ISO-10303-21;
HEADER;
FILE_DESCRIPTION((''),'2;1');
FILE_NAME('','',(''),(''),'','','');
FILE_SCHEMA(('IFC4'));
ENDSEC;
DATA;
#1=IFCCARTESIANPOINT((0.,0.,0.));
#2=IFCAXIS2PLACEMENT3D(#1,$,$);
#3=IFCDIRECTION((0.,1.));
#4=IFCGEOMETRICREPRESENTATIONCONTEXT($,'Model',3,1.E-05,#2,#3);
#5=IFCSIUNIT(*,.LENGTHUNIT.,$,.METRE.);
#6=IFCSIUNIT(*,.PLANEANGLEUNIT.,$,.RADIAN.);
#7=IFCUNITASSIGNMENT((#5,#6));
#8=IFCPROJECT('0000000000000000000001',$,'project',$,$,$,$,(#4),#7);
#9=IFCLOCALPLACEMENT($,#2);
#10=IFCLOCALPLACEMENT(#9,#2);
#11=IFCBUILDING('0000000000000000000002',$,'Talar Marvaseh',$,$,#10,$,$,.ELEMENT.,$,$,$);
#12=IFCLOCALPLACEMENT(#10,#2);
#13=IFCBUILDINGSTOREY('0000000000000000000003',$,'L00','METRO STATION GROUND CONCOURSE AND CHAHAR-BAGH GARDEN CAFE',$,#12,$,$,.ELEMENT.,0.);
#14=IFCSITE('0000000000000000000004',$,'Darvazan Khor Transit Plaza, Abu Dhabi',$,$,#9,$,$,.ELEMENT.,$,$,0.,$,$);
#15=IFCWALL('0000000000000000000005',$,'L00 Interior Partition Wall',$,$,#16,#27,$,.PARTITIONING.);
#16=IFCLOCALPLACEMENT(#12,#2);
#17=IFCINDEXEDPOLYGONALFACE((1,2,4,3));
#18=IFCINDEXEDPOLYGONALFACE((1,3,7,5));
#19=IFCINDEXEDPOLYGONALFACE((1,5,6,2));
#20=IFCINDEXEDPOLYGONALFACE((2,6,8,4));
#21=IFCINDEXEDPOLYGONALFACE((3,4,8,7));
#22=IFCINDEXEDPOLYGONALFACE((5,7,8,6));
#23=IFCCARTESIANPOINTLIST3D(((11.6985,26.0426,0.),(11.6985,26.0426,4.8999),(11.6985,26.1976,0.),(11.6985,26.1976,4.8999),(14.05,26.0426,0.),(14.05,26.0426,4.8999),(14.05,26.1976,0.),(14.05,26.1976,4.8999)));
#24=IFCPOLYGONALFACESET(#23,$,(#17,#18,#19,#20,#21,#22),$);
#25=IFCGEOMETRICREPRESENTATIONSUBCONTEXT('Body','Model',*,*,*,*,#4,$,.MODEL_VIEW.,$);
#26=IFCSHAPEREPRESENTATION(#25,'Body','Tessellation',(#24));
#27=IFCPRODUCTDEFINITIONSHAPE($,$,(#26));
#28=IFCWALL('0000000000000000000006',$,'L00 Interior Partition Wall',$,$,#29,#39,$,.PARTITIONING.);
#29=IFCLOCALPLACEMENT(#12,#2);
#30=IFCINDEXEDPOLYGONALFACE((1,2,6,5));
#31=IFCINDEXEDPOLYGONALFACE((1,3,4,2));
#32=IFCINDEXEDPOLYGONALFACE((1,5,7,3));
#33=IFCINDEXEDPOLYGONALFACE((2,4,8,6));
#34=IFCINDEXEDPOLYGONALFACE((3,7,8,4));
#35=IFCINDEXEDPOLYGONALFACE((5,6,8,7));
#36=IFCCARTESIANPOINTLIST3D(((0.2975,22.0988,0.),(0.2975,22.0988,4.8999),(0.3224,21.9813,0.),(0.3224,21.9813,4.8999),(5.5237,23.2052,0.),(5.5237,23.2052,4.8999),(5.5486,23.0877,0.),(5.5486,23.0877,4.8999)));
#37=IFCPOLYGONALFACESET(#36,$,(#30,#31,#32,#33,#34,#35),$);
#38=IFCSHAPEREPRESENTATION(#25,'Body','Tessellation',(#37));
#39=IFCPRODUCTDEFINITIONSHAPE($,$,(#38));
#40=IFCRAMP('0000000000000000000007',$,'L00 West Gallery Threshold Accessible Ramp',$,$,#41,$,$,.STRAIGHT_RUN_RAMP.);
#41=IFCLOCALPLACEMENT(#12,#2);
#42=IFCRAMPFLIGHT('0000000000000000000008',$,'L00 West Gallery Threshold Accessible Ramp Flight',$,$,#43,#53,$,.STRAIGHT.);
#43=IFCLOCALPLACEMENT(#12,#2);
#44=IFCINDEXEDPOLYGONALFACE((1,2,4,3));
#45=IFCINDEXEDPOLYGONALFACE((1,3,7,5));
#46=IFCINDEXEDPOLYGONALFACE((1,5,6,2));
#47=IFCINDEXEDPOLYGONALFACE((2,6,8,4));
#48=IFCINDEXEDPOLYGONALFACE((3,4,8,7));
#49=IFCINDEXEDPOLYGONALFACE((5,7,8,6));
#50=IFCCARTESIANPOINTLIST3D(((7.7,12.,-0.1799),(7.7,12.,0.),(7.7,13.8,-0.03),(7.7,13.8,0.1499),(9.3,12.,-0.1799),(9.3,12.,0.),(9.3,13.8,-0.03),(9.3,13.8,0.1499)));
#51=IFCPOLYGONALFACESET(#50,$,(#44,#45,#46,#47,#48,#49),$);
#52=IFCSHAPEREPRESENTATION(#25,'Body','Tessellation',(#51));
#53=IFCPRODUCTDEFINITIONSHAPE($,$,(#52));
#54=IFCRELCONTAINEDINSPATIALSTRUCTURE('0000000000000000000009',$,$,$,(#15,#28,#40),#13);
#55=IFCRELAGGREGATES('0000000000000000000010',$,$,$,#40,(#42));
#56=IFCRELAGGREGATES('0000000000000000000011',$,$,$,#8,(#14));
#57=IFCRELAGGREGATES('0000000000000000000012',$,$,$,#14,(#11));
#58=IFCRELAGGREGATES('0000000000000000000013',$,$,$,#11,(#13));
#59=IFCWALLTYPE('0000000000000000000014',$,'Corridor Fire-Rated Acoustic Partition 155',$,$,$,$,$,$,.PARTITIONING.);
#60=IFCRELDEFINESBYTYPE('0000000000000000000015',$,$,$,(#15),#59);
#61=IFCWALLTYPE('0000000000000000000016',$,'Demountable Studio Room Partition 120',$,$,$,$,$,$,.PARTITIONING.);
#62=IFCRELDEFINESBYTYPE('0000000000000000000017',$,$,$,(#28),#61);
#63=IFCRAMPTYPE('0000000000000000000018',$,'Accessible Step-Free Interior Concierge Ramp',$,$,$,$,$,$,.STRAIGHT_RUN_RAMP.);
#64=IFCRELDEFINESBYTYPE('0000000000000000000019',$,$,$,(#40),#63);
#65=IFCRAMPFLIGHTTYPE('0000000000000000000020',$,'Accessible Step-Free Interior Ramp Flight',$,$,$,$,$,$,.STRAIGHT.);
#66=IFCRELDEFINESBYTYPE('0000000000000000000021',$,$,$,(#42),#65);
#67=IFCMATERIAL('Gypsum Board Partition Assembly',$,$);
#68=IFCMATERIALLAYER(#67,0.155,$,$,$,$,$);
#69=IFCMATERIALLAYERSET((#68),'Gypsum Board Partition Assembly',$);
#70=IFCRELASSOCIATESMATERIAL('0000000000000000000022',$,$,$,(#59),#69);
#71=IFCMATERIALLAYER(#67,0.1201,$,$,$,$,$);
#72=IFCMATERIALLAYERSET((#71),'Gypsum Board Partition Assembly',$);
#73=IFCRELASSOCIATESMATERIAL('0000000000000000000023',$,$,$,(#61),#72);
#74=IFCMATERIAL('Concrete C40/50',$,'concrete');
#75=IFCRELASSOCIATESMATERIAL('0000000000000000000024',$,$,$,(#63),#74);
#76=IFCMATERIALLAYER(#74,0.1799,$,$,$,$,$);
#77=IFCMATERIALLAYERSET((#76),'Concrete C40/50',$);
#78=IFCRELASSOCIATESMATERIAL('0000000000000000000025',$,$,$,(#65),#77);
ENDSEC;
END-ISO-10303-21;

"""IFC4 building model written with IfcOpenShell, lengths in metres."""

from ifc_helpers import new_model, si_unit, direction, frame, frame_2d, origin, place, context, subcontext, project, spatial, polyline, rectangle, outline, extrude, material, layer, layer_set, type_object, element, aggregate, save


model = new_model("IFC4")

# Units and contexts
model_context = context("Model", 3, precision=1e-05, world=origin(), true_north=direction((0.0, 1.0)))
body_context = subcontext(model_context, "Body", "Model", "MODEL_VIEW")
ifc_project = project(units=[si_unit("LENGTHUNIT", "METRE"), si_unit("PLANEANGLEUNIT", "RADIAN")], contexts=[model_context])

# Site, building, storey
site_placement = place(None, origin())
site = spatial("IfcSite", under=ifc_project, at=site_placement, Name="Darvazan Khor Transit Plaza, Abu Dhabi", CompositionType="ELEMENT", RefElevation=0.0)
building_placement = place(site_placement, origin())
building = spatial("IfcBuilding", under=site, at=building_placement, Name="Talar Marvaseh", CompositionType="ELEMENT")
storey_placement = place(building_placement, origin())
storey = spatial("IfcBuildingStorey", under=building, at=storey_placement, Name="L00", Description="METRO STATION GROUND CONCOURSE AND CHAHAR-BAGH GARDEN CAFE", CompositionType="ELEMENT", Elevation=0.0)

# Walls
ifc_material_1 = material(Name="Gypsum Board Partition Assembly")
ifc_layer_1 = layer(ifc_material_1, 0.155)
ifc_layer_set_1 = layer_set([ifc_layer_1], Name="Gypsum Board Partition Assembly")
wall_type_1 = type_object("IfcWallType", Name="Corridor Fire-Rated Acoustic Partition 155", PredefinedType="PARTITIONING", material=ifc_layer_set_1)
wall_1_placement = place(storey_placement, frame((11.6985, 26.1201, 0.0), z_axis=(0.0, 0.0, 1.0), x_axis=(1.0, 0.0, 0.0)))
element("IfcWall", 1, at=wall_1_placement, inside=storey, type_object=wall_type_1, Name="L00 Interior Partition Wall", PredefinedType="PARTITIONING", context=body_context, shape_type="SweptSolid", body=[
    extrude(rectangle(XDim=2.3516, YDim=0.155, at=frame_2d((1.1758, 0.0))), origin(), (0.0, 0.0, 1.0), 4.8999),
])
ifc_layer_2 = layer(ifc_material_1, 0.1201)
ifc_layer_set_2 = layer_set([ifc_layer_2], Name="Gypsum Board Partition Assembly")
wall_type_2 = type_object("IfcWallType", Name="Demountable Studio Room Partition 120", PredefinedType="PARTITIONING", material=ifc_layer_set_2)
wall_2_placement = place(storey_placement, frame((0.3101, 22.04, 0.0), z_axis=(0.0, 0.0, 1.0), x_axis=(0.978316, 0.207116, 0.0)))
element("IfcWall", 2, at=wall_2_placement, inside=storey, type_object=wall_type_2, Name="L00 Interior Partition Wall", PredefinedType="PARTITIONING", context=body_context, shape_type="SweptSolid", body=[
    extrude(rectangle(XDim=5.342, YDim=0.1201, at=frame_2d((2.6709, 0.0))), origin(), (0.0, 0.0, 1.0), 4.8999),
])

# Ramp, ramp flight
ifc_material_2 = material(Name="Concrete C40/50", Category="concrete")
ramp_type = type_object("IfcRampType", Name="Accessible Step-Free Interior Concierge Ramp", PredefinedType="STRAIGHT_RUN_RAMP", material=ifc_material_2)
ramp_placement = place(storey_placement, origin())
ramp = element("IfcRamp", 3, at=ramp_placement, inside=storey, type_object=ramp_type, Name="L00 West Gallery Threshold Accessible Ramp", PredefinedType="STRAIGHT_RUN_RAMP")
ifc_layer_3 = layer(ifc_material_2, 0.1799)
ifc_layer_set_3 = layer_set([ifc_layer_3], Name="Concrete C40/50")
ramp_flight_type = type_object("IfcRampFlightType", Name="Accessible Step-Free Interior Ramp Flight", PredefinedType="STRAIGHT", material=ifc_layer_set_3)
ramp_flight_placement = place(storey_placement, frame((8.5, 12.0, 0.0), z_axis=(0.0, 0.0, 1.0), x_axis=(0.0, 1.0, 0.0)))
ramp_flight = element("IfcRampFlight", 4, at=ramp_flight_placement, type_object=ramp_flight_type, Name="L00 West Gallery Threshold Accessible Ramp Flight", PredefinedType="STRAIGHT", context=body_context, shape_type="SweptSolid", body=[
    extrude(outline(polyline([(0.0, 0.0), (0.0, -0.1799), (1.8, -0.03), (1.8, 0.1499), (0.0, 0.0)])), frame((0.0, 0.8, 0.0), z_axis=(0.0, -1.0, 0.0), x_axis=(1.0, 0.0, 0.0)), (0.0, 0.0, 1.0), 1.6001),
])
aggregate(ramp, [ramp_flight])

save(model, "model.ifc")
